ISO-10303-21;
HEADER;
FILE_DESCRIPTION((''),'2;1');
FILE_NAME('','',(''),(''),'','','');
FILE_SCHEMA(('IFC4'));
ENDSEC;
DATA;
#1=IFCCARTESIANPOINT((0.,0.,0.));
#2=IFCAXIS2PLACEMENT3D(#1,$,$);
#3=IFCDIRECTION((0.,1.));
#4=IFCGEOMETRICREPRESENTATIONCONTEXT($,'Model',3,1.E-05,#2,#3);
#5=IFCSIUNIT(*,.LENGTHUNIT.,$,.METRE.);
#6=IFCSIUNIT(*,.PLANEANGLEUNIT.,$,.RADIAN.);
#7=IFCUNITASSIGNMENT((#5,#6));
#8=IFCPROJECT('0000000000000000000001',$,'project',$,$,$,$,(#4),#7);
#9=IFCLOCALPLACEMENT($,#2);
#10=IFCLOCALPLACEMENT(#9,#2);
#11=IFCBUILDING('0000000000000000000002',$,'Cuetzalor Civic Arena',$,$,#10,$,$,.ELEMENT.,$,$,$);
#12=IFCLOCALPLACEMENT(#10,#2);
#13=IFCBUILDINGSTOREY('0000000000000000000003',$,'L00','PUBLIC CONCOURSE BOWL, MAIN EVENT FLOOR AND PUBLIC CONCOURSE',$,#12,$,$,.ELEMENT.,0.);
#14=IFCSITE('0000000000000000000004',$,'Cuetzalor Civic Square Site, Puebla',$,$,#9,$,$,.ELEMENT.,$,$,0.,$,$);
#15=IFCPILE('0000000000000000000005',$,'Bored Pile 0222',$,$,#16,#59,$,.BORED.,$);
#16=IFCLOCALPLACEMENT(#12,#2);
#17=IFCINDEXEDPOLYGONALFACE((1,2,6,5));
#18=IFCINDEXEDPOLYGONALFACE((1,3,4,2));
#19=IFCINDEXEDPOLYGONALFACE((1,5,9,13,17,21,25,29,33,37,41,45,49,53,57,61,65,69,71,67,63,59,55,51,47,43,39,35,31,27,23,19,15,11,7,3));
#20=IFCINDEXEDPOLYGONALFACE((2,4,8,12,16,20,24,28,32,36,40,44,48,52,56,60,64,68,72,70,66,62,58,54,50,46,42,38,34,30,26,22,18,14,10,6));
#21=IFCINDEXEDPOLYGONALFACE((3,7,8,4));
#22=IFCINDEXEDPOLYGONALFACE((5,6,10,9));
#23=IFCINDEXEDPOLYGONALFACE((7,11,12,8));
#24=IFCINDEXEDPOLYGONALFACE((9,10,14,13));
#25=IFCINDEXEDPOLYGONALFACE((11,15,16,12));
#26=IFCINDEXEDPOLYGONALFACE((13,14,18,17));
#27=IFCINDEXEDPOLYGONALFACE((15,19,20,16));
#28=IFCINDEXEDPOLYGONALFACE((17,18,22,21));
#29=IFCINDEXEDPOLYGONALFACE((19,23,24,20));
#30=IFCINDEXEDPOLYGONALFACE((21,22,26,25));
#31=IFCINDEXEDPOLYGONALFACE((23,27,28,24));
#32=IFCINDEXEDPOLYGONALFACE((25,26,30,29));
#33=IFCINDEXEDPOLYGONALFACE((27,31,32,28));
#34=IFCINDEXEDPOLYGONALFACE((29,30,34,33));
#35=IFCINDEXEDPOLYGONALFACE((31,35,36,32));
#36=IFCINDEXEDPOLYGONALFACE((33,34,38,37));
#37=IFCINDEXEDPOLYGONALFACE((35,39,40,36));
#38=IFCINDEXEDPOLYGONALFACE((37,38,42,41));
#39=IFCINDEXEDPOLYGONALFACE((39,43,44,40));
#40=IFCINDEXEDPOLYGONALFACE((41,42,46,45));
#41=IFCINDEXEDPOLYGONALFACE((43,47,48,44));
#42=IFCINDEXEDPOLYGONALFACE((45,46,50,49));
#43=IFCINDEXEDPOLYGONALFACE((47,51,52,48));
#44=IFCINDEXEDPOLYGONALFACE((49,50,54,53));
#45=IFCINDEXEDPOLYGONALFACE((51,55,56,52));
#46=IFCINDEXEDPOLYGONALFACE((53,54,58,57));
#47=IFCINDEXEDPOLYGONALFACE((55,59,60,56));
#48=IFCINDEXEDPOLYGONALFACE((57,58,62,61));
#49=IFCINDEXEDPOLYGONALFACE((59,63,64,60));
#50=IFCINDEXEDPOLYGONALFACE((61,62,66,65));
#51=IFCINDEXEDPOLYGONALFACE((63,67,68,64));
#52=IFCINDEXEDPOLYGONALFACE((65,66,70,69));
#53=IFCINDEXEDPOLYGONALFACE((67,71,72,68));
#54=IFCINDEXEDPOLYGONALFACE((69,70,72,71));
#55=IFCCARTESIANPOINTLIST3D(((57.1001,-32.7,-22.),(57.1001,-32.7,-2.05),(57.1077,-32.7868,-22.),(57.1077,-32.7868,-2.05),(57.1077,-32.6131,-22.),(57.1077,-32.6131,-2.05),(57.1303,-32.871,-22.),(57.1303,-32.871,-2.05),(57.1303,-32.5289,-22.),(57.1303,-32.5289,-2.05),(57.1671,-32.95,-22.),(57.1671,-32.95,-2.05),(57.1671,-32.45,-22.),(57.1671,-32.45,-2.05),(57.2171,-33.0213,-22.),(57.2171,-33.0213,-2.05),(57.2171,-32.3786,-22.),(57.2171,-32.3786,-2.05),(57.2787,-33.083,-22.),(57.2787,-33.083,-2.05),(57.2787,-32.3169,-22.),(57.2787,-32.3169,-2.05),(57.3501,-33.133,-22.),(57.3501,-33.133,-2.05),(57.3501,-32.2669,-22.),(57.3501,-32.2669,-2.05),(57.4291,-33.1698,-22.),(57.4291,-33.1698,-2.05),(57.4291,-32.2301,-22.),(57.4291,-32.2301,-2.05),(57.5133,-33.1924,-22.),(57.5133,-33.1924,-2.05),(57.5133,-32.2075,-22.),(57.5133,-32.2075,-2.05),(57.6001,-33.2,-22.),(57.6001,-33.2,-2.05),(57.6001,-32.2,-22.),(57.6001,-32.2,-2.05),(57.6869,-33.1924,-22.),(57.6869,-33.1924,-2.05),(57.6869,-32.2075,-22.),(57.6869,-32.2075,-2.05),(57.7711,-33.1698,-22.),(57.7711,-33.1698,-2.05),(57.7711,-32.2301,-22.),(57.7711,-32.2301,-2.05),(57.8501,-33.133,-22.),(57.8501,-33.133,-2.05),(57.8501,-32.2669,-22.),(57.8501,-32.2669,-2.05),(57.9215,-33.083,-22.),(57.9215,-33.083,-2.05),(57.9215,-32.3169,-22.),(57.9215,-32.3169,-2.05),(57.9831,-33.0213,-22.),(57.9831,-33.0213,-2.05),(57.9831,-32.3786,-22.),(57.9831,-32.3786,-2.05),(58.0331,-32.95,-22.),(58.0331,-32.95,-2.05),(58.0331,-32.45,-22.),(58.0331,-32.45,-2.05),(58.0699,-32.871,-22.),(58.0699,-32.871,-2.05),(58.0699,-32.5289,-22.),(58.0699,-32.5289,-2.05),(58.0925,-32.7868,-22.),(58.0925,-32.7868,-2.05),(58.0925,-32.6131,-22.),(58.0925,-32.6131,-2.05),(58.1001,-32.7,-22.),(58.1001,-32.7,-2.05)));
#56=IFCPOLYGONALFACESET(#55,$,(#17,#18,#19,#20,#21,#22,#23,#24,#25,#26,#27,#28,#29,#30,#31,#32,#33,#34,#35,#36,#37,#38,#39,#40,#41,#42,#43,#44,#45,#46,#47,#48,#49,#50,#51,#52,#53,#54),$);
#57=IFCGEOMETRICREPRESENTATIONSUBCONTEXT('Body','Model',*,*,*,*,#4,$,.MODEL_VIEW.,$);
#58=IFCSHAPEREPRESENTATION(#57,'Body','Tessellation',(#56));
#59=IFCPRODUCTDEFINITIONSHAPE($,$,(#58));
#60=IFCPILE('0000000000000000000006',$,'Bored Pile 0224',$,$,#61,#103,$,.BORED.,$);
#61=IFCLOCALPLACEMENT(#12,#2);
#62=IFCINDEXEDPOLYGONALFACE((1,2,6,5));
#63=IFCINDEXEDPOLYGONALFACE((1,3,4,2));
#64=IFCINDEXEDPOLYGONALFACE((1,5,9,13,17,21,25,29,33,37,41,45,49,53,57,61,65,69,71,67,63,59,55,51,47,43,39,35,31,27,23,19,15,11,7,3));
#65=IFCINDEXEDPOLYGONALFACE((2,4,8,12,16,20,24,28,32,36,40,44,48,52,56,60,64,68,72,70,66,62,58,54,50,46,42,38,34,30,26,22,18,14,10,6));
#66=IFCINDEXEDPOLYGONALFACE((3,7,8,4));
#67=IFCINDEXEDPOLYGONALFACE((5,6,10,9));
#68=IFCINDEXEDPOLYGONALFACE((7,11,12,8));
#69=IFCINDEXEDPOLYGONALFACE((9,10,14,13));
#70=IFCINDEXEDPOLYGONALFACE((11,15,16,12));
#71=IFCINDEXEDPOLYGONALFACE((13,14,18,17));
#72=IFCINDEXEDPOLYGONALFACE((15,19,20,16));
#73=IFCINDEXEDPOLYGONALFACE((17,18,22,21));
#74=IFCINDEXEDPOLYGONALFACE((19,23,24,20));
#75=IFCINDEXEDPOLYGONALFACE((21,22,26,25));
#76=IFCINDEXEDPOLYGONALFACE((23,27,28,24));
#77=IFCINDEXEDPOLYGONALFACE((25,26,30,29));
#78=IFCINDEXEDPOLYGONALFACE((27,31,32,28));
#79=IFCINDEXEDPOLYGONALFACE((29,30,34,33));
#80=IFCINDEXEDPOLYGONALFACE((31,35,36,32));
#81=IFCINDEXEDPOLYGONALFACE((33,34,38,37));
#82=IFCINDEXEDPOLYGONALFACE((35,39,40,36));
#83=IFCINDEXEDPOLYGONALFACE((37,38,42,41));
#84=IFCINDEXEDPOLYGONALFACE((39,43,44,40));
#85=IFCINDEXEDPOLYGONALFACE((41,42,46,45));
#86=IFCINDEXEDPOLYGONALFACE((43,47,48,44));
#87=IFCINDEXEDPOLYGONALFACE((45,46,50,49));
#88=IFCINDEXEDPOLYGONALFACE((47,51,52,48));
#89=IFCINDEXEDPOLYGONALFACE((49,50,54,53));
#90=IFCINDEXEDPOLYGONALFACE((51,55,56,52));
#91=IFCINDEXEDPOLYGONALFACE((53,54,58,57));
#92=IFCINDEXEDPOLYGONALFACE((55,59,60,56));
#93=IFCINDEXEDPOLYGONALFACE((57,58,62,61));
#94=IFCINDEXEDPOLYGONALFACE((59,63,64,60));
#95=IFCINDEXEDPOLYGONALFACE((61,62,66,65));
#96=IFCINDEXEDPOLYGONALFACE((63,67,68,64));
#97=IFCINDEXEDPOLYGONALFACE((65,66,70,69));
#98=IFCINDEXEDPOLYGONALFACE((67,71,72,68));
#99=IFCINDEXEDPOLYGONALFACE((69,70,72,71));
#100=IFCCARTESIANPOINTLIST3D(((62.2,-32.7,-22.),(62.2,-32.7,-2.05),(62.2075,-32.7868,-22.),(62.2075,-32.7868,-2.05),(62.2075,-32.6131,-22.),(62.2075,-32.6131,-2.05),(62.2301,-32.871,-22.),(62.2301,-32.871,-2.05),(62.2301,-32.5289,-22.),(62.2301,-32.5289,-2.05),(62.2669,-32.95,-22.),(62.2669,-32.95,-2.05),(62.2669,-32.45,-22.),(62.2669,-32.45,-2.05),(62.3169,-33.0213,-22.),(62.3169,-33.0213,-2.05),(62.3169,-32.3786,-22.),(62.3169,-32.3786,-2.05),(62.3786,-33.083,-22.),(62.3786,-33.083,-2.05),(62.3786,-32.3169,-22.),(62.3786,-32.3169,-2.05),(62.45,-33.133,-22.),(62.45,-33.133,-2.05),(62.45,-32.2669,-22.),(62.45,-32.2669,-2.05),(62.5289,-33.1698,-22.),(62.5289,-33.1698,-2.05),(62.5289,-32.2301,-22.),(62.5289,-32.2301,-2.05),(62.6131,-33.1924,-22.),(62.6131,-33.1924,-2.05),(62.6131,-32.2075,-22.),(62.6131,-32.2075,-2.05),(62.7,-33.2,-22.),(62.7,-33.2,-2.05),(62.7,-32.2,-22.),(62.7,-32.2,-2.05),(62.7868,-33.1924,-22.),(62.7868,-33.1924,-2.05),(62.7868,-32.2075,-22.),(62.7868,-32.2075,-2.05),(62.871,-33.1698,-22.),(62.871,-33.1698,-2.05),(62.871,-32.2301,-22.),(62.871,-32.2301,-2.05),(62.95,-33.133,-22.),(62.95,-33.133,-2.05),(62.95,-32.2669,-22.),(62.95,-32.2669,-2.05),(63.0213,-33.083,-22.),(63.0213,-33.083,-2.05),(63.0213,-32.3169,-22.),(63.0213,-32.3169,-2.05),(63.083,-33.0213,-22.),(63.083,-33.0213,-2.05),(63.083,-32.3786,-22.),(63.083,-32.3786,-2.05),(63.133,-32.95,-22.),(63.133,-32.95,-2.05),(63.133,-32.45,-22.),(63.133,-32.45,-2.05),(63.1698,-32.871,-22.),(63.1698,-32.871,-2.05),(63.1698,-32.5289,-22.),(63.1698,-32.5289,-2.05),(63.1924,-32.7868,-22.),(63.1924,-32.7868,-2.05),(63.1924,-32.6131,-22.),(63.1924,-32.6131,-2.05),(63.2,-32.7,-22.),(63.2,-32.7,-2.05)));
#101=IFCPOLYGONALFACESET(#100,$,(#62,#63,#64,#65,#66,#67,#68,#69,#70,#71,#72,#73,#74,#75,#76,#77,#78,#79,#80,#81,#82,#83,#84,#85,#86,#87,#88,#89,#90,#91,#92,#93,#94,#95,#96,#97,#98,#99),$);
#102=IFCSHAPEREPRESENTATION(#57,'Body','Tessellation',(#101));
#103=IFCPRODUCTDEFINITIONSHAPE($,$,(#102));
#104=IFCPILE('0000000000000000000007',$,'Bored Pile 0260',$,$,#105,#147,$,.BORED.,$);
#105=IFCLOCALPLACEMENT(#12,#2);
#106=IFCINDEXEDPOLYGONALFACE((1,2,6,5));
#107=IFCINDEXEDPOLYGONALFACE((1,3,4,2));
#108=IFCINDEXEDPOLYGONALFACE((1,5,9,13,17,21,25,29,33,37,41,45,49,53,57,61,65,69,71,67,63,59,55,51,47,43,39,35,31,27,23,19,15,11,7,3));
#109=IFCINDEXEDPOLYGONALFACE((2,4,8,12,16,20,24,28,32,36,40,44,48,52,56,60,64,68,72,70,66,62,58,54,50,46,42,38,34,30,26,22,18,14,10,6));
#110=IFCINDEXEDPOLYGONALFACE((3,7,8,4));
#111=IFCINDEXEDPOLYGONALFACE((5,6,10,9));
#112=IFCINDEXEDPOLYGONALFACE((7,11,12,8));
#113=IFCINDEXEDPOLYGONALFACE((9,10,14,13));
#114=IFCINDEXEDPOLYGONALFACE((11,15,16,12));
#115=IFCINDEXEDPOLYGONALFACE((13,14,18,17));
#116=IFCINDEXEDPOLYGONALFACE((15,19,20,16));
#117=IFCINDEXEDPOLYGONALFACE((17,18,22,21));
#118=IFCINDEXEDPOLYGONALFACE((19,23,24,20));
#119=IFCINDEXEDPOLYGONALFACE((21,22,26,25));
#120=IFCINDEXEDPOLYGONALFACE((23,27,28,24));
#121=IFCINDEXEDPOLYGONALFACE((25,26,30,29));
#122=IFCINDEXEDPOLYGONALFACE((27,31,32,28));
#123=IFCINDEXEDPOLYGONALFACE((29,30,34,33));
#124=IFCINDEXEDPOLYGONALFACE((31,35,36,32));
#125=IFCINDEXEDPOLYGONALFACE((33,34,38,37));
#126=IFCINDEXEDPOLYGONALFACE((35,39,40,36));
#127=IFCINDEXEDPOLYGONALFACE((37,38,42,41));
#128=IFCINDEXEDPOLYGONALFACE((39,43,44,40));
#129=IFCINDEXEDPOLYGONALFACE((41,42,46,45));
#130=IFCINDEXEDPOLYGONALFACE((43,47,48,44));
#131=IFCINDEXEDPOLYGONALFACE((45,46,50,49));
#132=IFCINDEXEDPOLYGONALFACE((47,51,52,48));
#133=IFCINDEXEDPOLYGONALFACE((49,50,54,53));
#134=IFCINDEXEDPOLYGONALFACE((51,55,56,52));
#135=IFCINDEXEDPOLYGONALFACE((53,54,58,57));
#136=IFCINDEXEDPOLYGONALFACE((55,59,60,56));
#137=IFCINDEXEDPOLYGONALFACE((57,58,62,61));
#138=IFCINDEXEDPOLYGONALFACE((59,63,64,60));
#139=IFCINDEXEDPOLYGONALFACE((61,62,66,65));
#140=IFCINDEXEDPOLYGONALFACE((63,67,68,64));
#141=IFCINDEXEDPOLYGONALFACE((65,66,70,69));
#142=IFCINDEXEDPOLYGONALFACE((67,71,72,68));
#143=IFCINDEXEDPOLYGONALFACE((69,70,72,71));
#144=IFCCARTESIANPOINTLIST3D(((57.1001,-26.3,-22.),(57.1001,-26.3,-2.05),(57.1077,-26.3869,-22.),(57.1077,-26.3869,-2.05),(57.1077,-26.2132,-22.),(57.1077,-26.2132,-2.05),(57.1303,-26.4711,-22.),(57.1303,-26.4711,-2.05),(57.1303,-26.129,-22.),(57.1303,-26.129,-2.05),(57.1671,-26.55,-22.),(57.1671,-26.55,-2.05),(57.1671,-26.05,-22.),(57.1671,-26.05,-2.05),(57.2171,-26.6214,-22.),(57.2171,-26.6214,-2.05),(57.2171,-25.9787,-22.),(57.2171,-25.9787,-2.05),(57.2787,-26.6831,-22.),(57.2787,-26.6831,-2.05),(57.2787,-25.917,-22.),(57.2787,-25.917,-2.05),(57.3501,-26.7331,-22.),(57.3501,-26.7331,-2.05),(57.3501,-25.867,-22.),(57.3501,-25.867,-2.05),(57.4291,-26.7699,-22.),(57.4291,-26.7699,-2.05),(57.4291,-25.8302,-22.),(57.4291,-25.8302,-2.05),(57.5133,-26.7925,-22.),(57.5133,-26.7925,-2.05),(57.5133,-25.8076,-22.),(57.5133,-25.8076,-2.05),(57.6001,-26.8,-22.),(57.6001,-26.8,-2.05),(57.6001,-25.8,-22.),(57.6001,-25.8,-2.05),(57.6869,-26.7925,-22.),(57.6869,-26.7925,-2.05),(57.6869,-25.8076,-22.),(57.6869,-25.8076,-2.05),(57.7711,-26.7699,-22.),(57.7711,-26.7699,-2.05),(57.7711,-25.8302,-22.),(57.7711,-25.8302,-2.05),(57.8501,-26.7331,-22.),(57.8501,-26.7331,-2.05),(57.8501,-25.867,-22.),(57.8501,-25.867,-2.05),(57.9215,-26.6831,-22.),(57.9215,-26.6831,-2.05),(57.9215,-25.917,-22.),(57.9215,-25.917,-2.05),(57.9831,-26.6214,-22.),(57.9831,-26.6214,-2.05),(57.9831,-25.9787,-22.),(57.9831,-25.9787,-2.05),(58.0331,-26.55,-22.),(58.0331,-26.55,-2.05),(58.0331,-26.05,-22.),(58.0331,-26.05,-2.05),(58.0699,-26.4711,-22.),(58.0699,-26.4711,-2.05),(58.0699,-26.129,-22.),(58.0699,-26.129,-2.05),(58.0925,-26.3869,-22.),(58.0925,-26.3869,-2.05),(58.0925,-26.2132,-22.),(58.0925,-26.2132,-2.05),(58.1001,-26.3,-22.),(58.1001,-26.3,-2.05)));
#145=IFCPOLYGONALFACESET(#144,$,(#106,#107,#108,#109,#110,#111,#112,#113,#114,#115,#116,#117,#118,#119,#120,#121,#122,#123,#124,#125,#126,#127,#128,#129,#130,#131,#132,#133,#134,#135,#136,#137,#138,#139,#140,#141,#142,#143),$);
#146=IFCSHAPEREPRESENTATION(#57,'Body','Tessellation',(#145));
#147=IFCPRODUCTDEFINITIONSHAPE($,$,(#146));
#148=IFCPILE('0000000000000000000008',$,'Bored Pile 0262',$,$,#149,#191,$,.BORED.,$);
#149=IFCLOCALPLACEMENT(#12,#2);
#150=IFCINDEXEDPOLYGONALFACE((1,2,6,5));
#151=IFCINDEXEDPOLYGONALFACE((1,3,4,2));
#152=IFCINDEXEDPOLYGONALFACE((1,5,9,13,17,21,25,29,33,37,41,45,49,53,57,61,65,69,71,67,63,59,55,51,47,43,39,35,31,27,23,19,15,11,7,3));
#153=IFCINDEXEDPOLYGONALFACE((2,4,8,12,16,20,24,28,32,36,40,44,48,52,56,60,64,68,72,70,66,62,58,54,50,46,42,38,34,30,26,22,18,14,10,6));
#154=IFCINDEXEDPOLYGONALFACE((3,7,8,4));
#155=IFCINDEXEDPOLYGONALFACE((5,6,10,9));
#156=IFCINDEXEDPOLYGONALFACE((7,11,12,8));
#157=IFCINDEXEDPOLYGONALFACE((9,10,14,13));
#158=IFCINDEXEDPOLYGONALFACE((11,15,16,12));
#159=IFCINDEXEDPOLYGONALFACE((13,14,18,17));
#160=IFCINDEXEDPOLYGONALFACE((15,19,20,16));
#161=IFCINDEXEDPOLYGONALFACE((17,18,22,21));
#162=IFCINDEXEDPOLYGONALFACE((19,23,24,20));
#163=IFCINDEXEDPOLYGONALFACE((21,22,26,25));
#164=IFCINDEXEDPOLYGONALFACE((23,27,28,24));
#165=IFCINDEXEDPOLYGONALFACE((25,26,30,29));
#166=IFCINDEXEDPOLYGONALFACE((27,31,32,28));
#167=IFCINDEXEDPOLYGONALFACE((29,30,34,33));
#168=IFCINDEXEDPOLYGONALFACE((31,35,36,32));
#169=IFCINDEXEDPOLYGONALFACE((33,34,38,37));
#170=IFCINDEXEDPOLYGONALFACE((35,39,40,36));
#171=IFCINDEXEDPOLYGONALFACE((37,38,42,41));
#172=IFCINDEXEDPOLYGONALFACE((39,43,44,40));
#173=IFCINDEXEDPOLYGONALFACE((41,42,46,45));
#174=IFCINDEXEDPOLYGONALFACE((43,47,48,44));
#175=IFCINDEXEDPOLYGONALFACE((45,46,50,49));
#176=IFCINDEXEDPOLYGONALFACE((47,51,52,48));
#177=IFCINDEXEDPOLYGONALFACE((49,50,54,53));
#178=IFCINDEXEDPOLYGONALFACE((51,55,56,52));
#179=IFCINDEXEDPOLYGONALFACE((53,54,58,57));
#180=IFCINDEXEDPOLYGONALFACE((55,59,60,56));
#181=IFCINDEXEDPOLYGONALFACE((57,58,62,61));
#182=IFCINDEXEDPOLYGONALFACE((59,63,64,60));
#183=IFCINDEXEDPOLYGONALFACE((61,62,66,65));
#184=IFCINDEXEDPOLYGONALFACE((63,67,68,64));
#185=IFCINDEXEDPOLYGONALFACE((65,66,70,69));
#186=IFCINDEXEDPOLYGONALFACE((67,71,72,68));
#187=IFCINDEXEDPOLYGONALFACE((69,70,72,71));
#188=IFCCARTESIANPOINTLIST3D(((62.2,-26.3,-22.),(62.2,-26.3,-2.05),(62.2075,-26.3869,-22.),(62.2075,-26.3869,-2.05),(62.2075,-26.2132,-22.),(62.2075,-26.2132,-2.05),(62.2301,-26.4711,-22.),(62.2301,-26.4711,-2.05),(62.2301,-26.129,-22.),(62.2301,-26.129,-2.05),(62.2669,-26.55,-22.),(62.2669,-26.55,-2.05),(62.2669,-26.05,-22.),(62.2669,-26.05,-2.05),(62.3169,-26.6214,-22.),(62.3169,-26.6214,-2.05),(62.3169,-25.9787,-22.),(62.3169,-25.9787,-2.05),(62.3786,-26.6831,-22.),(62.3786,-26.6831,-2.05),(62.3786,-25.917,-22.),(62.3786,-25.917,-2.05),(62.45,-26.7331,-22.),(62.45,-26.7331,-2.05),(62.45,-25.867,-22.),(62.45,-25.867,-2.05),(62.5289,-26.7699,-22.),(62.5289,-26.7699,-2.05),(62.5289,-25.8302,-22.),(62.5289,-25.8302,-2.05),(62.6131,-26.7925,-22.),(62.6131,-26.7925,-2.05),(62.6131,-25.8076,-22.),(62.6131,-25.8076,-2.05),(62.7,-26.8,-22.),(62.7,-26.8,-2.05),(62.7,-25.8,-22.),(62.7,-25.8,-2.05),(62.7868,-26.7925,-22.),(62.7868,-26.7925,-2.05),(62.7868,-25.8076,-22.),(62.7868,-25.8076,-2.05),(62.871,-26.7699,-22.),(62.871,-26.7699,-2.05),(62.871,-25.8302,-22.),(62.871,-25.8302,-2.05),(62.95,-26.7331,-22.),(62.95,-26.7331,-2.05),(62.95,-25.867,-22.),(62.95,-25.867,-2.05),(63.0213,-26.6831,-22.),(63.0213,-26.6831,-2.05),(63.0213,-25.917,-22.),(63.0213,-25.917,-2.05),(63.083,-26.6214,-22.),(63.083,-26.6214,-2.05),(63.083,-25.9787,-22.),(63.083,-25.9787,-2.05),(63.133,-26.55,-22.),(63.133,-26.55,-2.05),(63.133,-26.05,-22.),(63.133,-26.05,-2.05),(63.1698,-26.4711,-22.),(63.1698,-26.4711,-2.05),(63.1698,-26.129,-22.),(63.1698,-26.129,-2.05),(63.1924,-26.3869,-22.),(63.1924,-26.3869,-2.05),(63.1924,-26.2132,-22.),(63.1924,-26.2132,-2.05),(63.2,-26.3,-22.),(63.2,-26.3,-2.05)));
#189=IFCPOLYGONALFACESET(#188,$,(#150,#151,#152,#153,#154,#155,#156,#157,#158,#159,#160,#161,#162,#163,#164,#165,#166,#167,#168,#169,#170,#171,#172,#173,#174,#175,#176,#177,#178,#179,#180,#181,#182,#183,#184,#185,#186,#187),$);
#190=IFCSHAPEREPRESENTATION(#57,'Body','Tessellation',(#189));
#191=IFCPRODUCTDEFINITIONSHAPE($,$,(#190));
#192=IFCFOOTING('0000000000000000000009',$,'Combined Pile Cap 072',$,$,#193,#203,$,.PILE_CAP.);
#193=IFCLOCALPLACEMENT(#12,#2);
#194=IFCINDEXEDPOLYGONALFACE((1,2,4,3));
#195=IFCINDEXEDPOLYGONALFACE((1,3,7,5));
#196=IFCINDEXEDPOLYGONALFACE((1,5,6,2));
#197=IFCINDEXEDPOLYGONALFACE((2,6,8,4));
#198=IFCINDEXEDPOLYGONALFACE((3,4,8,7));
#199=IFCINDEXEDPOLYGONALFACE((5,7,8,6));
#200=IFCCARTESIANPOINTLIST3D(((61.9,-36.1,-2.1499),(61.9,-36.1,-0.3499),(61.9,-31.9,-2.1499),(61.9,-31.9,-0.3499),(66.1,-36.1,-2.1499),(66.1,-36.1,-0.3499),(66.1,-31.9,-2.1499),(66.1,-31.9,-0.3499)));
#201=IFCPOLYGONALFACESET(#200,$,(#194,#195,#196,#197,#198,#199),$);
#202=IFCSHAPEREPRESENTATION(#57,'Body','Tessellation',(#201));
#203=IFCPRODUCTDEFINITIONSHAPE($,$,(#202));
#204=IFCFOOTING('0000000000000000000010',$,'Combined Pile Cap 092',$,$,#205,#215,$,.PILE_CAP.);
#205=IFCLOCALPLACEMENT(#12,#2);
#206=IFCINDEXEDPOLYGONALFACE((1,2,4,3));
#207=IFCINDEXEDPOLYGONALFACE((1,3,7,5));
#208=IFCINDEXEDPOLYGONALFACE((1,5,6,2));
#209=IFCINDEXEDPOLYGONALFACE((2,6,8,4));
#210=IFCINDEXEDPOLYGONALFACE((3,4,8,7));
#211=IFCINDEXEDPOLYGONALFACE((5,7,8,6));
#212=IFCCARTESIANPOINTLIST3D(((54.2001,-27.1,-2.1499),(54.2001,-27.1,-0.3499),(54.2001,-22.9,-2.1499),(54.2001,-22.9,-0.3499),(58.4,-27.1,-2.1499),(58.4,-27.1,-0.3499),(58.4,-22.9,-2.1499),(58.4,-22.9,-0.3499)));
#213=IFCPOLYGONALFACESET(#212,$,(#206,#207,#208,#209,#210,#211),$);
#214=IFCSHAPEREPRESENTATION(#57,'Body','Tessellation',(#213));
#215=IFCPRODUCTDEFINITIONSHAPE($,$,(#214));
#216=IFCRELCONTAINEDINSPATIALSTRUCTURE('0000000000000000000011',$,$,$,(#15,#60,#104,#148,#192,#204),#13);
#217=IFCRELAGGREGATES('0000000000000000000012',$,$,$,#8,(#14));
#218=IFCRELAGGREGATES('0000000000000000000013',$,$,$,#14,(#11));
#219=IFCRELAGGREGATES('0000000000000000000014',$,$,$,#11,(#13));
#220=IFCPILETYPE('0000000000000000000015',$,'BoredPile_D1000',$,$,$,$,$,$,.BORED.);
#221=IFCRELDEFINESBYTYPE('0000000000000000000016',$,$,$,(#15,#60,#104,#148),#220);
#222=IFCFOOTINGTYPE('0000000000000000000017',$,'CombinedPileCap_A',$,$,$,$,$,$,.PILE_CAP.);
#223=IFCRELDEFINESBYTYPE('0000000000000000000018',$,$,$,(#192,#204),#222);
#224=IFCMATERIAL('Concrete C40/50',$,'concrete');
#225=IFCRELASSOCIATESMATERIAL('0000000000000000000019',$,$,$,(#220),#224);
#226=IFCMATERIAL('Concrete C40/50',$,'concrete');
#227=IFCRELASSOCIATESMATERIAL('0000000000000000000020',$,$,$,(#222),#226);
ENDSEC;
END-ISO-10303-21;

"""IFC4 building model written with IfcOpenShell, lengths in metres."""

from ifc_helpers import new_model, si_unit, direction, frame, origin, origin_2d, place, context, subcontext, project, spatial, rectangle, circle, extrude, material, material_profile, profile_set, type_object, element, save


model = new_model("IFC4")

# Units and contexts
model_context = context("Model", 3, precision=1e-05, world=origin(), true_north=direction((0.0, 1.0)))
body_context = subcontext(model_context, "Body", "Model", "MODEL_VIEW")
ifc_project = project(units=[si_unit("LENGTHUNIT", "METRE"), si_unit("PLANEANGLEUNIT", "RADIAN")], contexts=[model_context])

# Site, building, storey
site_placement = place(None, origin())
site = spatial("IfcSite", under=ifc_project, at=site_placement, Name="Cuetzalor Civic Square Site, Puebla", CompositionType="ELEMENT", RefElevation=0.0)
building_placement = place(site_placement, origin())
building = spatial("IfcBuilding", under=site, at=building_placement, Name="Cuetzalor Civic Arena", CompositionType="ELEMENT")
storey_placement = place(building_placement, origin())
storey = spatial("IfcBuildingStorey", under=building, at=storey_placement, Name="L00", Description="PUBLIC CONCOURSE BOWL, MAIN EVENT FLOOR AND PUBLIC CONCOURSE", CompositionType="ELEMENT", Elevation=0.0)

# Piles
ifc_material_1 = material(Name="Concrete C40/50", Category="concrete")
ifc_material_profile_1 = material_profile(ifc_material_1, circle(Radius=0.5, at=origin_2d()), Name="BORED PILE D1000")
ifc_profile_set_1 = profile_set([ifc_material_profile_1], Name="Concrete C40/50")
pile_type = type_object("IfcPileType", Name="BoredPile_D1000", PredefinedType="BORED", material=ifc_profile_set_1)
for number, where, z_axis, x_axis, name in (
    (1, (57.6001, -32.7, -2.05), (0.0, 0.0, -1.0), (1.0, 0.0, 0.0), "Bored Pile 0222"),
    (2, (62.7, -32.7, -2.05), (0.0, 0.0, -1.0), (1.0, 0.0, 0.0), "Bored Pile 0224"),
    (3, (57.6001, -26.3, -2.05), (0.0, 0.0, -1.0), (1.0, 0.0, 0.0), "Bored Pile 0260"),
    (4, (62.7, -26.3, -2.05), (0.0, 0.0, -1.0), (1.0, 0.0, 0.0), "Bored Pile 0262"),
):
    element("IfcPile", number, at=place(storey_placement, frame(where, z_axis=z_axis, x_axis=x_axis)), inside=storey, type_object=pile_type, Name=name, PredefinedType="BORED", context=body_context, shape_type="SweptSolid", body=[
        extrude(circle(Radius=0.5, at=origin_2d()), origin(), (0.0, 0.0, 1.0), 19.95),
    ])

# Footings
ifc_material_2 = material(Name="Concrete C40/50", Category="concrete")
footing_type_1 = type_object("IfcFootingType", Name="CombinedPileCap_A", PredefinedType="PILE_CAP", material=ifc_material_2)
for number, where, z_axis, x_axis, name in (
    (5, (64.0, -34.0, -2.1499), (0.0, 0.0, 1.0), (1.0, 0.0, 0.0), "Combined Pile Cap 072"),
    (6, (56.3, -25.0, -2.1499), (0.0, 0.0, 1.0), (1.0, 0.0, 0.0), "Combined Pile Cap 092"),
):
    element("IfcFooting", number, at=place(storey_placement, frame(where, z_axis=z_axis, x_axis=x_axis)), inside=storey, type_object=footing_type_1, Name=name, PredefinedType="PILE_CAP", context=body_context, shape_type="SweptSolid", body=[
        extrude(rectangle(XDim=4.2, YDim=4.2, at=origin_2d()), origin(), (0.0, 0.0, 1.0), 1.8),
    ])

save(model, "model.ifc")
